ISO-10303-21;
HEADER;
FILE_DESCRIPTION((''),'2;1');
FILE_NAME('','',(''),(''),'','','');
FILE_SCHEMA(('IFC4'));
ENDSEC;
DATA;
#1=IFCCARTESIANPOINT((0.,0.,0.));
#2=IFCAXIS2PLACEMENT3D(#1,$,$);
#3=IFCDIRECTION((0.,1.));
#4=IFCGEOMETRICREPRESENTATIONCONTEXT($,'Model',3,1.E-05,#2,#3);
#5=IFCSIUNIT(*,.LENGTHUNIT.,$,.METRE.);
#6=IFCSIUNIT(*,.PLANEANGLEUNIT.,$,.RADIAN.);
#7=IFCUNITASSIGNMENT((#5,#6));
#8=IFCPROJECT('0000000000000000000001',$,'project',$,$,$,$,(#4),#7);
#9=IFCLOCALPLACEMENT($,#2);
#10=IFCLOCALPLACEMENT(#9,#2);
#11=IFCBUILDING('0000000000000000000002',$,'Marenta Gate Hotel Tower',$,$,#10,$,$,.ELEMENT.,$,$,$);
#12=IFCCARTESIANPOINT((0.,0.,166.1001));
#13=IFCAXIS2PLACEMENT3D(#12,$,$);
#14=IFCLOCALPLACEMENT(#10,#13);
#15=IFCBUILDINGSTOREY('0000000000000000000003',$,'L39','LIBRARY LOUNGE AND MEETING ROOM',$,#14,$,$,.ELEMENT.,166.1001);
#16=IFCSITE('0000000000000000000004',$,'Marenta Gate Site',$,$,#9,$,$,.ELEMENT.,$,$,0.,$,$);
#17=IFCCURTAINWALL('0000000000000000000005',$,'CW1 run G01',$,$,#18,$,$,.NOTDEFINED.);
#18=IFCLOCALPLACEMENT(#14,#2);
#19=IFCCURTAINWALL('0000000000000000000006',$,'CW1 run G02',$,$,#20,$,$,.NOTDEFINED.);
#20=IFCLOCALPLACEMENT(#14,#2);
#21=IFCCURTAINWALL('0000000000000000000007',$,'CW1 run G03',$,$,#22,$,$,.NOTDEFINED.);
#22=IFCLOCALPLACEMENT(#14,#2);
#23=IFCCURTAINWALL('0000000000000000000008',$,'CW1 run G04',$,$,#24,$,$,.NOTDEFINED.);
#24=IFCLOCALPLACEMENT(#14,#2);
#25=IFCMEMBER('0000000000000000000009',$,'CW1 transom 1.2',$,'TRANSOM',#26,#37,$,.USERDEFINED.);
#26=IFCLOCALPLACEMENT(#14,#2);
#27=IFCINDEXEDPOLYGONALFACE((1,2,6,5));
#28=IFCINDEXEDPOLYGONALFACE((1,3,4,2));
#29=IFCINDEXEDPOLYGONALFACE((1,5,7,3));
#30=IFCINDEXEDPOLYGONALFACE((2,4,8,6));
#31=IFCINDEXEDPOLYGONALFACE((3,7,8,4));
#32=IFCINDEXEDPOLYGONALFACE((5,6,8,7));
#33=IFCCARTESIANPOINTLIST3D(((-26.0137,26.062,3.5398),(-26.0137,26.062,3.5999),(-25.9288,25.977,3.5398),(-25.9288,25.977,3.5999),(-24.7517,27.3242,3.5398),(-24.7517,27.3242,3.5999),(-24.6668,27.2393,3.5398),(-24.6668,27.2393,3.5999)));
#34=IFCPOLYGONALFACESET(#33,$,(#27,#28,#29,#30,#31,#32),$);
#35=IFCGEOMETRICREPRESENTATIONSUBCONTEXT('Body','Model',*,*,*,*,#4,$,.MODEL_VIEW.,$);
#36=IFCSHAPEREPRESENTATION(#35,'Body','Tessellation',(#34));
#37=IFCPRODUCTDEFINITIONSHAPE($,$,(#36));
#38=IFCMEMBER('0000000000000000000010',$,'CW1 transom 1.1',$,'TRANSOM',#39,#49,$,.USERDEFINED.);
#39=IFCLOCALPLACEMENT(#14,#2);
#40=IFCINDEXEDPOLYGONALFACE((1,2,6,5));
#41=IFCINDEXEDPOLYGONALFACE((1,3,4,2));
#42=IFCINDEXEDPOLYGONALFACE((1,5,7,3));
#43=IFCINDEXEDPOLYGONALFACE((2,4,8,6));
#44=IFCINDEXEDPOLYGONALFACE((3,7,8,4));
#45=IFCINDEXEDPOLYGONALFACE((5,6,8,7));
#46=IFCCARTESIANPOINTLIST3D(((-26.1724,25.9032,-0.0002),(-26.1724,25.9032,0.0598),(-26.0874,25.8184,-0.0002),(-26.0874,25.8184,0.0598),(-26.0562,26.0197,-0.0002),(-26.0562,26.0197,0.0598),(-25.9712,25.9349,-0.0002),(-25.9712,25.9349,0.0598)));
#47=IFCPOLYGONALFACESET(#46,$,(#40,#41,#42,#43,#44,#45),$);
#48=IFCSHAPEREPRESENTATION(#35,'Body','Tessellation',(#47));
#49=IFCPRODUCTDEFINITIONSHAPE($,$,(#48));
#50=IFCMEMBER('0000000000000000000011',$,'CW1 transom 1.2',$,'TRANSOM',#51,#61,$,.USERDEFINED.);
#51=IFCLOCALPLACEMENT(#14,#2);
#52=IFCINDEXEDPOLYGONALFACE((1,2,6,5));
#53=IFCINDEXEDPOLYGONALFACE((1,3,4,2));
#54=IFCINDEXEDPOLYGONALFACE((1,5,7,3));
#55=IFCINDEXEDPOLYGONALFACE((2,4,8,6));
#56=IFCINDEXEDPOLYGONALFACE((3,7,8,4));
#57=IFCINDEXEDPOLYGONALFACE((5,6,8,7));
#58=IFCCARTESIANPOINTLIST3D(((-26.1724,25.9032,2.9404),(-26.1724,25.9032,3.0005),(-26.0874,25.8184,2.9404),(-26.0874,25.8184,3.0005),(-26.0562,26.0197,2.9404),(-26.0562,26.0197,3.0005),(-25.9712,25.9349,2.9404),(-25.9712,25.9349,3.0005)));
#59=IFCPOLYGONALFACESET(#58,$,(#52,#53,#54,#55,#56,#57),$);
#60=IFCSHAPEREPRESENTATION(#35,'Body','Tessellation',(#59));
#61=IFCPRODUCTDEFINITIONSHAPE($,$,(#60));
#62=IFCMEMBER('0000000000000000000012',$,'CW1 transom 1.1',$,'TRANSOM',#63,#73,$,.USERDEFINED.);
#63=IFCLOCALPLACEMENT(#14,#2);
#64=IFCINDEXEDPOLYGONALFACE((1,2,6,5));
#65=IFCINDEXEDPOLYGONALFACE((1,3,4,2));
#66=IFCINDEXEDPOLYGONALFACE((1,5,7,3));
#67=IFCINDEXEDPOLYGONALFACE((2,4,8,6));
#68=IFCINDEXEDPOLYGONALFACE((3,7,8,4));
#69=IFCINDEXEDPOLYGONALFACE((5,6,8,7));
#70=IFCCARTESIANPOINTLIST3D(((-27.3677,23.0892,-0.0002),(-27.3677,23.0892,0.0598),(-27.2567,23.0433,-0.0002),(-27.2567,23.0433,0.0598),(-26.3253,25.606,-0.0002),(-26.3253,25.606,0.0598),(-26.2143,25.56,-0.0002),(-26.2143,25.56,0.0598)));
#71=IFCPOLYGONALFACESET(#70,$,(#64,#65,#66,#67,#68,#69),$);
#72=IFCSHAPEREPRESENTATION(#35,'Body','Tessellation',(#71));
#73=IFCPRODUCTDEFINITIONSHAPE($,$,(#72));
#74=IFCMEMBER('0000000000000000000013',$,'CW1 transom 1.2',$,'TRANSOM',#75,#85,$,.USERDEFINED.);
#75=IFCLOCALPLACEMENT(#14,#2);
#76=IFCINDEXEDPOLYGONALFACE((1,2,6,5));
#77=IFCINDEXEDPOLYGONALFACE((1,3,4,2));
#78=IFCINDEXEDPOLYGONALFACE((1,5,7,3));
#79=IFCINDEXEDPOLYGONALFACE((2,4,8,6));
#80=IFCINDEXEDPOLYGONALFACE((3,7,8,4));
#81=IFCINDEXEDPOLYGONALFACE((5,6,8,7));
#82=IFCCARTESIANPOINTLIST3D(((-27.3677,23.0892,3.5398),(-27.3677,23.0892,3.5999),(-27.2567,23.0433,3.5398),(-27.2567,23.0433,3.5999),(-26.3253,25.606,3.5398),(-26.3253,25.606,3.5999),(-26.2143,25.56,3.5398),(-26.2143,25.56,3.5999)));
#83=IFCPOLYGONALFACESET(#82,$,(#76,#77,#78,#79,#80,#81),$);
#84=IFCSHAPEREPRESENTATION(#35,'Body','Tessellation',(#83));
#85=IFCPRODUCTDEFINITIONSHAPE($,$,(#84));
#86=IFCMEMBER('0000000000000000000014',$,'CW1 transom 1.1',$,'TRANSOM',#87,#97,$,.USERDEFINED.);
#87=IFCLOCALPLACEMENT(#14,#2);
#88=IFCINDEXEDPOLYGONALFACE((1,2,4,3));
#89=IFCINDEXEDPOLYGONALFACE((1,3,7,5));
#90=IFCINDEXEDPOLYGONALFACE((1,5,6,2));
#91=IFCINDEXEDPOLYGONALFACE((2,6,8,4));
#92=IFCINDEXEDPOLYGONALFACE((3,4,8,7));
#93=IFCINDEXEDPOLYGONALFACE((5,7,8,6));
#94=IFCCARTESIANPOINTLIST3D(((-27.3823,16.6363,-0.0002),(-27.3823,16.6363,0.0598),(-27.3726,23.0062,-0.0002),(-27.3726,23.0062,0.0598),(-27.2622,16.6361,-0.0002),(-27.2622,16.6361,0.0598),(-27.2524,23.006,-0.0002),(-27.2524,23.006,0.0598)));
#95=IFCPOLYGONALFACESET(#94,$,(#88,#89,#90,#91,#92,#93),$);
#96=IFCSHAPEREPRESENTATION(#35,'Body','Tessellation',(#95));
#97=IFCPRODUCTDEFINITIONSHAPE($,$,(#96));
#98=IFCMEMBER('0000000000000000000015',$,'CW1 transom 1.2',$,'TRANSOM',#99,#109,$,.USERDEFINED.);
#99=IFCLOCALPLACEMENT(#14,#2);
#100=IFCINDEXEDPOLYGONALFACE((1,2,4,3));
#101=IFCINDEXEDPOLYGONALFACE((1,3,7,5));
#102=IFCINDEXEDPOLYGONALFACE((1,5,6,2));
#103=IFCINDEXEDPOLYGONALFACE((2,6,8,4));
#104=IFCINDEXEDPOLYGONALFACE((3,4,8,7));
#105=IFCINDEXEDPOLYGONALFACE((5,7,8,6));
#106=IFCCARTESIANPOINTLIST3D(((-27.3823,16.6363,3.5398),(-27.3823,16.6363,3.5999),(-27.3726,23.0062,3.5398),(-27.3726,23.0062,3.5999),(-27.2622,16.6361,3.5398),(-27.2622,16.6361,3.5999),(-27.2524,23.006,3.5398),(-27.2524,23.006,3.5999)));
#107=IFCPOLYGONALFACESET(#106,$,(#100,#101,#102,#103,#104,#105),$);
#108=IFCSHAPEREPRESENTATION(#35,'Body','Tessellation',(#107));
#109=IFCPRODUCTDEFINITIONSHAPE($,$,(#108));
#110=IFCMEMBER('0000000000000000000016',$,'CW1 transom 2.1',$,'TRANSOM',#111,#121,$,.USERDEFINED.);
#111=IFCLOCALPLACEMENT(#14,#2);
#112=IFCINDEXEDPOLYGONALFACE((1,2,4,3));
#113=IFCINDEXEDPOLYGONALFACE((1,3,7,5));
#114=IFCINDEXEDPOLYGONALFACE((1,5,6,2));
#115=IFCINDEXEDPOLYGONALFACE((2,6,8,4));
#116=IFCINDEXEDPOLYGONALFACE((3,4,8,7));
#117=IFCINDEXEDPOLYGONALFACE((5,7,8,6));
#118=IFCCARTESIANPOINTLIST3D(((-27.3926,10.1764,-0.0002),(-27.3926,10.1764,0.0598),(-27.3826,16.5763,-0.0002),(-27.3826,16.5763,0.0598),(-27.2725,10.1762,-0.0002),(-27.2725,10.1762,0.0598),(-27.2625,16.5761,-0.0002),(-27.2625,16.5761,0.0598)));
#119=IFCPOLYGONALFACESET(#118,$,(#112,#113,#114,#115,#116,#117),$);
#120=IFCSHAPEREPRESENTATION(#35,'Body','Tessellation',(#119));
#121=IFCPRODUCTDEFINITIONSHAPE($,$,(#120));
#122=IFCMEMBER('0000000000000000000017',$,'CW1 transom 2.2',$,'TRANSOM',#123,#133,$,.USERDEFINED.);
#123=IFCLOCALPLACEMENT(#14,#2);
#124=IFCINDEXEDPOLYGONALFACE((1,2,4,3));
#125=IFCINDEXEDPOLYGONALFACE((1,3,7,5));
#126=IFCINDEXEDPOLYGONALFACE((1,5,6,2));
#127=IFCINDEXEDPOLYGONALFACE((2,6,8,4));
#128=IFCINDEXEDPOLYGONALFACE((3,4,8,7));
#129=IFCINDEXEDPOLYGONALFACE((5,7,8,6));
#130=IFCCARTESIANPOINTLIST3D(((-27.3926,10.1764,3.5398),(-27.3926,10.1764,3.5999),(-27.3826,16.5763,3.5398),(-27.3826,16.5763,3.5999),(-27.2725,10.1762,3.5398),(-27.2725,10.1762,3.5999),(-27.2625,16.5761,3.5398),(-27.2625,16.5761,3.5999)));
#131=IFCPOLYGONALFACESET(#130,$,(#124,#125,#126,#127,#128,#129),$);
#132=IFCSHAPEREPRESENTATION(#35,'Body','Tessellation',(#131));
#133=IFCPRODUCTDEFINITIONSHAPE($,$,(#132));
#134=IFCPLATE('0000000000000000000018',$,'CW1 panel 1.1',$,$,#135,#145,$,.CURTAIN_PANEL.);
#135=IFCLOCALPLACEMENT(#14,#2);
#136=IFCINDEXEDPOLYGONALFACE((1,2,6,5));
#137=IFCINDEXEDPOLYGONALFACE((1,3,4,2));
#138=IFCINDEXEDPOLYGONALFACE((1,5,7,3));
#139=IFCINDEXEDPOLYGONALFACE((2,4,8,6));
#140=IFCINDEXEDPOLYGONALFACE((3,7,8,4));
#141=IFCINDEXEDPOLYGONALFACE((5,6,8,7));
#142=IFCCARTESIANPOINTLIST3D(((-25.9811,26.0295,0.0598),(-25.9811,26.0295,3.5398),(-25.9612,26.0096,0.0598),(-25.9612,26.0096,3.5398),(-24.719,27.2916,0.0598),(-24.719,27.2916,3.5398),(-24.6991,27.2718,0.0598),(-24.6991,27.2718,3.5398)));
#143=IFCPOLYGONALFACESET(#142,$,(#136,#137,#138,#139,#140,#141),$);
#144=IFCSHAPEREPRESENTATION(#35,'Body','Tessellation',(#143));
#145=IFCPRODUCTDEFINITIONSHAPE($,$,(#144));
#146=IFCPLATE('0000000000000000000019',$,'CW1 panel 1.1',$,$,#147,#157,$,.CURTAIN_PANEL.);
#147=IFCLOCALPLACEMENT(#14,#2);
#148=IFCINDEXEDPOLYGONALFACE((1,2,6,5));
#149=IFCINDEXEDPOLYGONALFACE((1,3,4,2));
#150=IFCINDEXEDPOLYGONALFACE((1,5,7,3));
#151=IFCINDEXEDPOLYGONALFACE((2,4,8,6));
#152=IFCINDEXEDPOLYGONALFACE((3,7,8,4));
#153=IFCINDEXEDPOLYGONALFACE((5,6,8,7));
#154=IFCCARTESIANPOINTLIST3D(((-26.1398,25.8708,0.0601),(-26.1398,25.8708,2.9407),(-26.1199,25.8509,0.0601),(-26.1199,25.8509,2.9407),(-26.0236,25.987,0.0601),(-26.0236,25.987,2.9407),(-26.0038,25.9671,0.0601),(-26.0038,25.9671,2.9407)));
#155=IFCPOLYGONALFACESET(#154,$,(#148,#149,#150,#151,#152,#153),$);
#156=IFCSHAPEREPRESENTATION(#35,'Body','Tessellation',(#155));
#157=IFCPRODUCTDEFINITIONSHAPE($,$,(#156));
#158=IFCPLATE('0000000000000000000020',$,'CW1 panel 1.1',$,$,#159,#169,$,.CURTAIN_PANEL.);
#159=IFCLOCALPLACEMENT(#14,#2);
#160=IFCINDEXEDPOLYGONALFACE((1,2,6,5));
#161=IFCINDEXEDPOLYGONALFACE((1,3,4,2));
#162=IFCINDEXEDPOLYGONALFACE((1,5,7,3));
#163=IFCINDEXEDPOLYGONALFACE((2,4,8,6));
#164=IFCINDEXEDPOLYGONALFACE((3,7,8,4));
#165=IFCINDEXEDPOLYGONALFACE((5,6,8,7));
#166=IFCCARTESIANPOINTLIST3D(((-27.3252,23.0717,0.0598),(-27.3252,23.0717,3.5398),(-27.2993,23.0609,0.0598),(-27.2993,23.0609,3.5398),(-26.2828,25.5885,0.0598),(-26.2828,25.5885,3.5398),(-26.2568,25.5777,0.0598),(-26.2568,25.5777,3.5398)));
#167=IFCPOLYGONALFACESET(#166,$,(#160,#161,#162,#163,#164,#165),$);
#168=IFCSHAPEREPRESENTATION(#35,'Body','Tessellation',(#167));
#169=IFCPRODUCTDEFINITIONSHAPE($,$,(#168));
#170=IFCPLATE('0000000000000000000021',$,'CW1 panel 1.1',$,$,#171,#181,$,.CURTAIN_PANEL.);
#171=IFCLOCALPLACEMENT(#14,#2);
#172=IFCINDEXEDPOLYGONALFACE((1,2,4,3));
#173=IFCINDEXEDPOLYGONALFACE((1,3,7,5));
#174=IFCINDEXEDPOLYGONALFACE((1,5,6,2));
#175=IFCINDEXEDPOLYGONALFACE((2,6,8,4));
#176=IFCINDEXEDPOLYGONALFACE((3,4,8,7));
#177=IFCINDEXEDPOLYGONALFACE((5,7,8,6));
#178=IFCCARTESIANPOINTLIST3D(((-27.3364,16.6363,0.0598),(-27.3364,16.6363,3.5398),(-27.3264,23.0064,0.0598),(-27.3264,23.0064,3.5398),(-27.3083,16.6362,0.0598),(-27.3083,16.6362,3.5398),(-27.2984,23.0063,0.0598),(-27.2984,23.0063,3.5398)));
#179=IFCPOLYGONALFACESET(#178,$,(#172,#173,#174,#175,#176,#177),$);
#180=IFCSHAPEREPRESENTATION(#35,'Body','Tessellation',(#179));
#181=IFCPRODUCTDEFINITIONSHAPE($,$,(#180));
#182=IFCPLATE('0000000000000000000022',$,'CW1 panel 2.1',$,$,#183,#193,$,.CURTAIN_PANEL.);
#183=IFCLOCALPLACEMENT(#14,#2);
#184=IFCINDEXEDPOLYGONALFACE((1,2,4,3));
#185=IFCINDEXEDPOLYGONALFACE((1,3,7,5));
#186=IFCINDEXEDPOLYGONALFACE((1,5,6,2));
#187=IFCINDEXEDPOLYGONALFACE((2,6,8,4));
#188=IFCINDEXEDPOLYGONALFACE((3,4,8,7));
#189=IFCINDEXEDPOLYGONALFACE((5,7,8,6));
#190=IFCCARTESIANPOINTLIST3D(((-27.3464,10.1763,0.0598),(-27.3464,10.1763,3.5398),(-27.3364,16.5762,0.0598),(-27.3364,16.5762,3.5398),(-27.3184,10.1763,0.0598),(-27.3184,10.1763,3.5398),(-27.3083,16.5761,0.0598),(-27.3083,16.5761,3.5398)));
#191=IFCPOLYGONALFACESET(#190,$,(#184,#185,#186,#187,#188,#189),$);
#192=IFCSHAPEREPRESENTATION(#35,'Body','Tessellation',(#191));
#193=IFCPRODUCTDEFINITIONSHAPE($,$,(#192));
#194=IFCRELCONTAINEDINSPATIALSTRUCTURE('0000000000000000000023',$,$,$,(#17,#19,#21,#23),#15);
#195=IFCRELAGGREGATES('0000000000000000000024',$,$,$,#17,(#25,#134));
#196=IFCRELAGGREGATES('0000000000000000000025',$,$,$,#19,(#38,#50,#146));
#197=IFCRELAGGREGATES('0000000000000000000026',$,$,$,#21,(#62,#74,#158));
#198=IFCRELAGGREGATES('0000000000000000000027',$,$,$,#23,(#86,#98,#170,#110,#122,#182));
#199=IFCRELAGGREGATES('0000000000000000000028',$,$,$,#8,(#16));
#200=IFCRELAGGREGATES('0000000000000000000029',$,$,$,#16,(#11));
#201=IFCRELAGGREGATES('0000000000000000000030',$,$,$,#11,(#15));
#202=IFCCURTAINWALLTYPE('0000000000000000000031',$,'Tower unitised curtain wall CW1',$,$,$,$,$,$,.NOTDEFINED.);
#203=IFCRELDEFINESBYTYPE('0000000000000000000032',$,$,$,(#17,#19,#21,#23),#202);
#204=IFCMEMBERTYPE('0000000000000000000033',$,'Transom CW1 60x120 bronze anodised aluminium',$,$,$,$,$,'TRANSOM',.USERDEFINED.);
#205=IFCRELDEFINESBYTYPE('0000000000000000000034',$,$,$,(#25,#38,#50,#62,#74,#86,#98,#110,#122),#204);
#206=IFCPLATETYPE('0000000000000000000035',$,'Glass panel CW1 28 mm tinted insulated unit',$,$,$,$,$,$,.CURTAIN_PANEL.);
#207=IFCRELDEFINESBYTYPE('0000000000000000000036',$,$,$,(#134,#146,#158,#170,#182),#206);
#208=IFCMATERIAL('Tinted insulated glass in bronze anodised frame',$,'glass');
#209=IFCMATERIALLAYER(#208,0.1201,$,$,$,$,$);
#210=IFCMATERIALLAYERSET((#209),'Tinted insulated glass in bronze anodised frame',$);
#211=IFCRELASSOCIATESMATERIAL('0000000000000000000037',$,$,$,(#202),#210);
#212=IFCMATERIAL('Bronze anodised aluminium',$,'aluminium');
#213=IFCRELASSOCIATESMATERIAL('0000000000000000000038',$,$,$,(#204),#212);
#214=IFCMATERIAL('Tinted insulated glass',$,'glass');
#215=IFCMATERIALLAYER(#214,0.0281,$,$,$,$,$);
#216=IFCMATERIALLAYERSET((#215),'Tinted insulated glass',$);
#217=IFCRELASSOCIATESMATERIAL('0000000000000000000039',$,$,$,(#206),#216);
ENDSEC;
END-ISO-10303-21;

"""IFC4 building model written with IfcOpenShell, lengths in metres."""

from ifc_helpers import new_model, si_unit, direction, frame, origin, origin_2d, place, context, subcontext, project, spatial, rectangle, extrude, material, layer, layer_set, material_profile, profile_set, type_object, element, aggregate, save


model = new_model("IFC4")

# Units and contexts
model_context = context("Model", 3, precision=1e-05, world=origin(), true_north=direction((0.0, 1.0)))
body_context = subcontext(model_context, "Body", "Model", "MODEL_VIEW")
ifc_project = project(units=[si_unit("LENGTHUNIT", "METRE"), si_unit("PLANEANGLEUNIT", "RADIAN")], contexts=[model_context])

# Site, building, storey
site_placement = place(None, origin())
site = spatial("IfcSite", under=ifc_project, at=site_placement, Name="Marenta Gate Site", CompositionType="ELEMENT", RefElevation=0.0)
building_placement = place(site_placement, origin())
building = spatial("IfcBuilding", under=site, at=building_placement, Name="Marenta Gate Hotel Tower", CompositionType="ELEMENT")
storey_placement = place(building_placement, frame((0.0, 0.0, 166.1001)))
storey = spatial("IfcBuildingStorey", under=building, at=storey_placement, Name="L39", Description="LIBRARY LOUNGE AND MEETING ROOM", CompositionType="ELEMENT", Elevation=166.1001)

# Curtain wall
ifc_material_1 = material(Name="Tinted insulated glass in bronze anodised frame", Category="glass")
ifc_layer_1 = layer(ifc_material_1, 0.1201)
ifc_layer_set_1 = layer_set([ifc_layer_1], Name="Tinted insulated glass in bronze anodised frame")
curtain_wall_type = type_object("IfcCurtainWallType", Name="Tower unitised curtain wall CW1", PredefinedType="NOTDEFINED", material=ifc_layer_set_1)
curtain_wall_1_placement = place(storey_placement, origin())
curtain_wall_1 = element("IfcCurtainWall", 1, at=curtain_wall_1_placement, inside=storey, type_object=curtain_wall_type, Name="CW1 run G01", PredefinedType="NOTDEFINED")

# Curtain wall
curtain_wall_2_placement = place(storey_placement, origin())
curtain_wall_2 = element("IfcCurtainWall", 2, at=curtain_wall_2_placement, inside=storey, type_object=curtain_wall_type, Name="CW1 run G02", PredefinedType="NOTDEFINED")

# Curtain wall
curtain_wall_3_placement = place(storey_placement, origin())
curtain_wall_3 = element("IfcCurtainWall", 3, at=curtain_wall_3_placement, inside=storey, type_object=curtain_wall_type, Name="CW1 run G03", PredefinedType="NOTDEFINED")

# Curtain wall
curtain_wall_4_placement = place(storey_placement, origin())
curtain_wall_4 = element("IfcCurtainWall", 4, at=curtain_wall_4_placement, inside=storey, type_object=curtain_wall_type, Name="CW1 run G04", PredefinedType="NOTDEFINED")

# Members
ifc_material_2 = material(Name="Bronze anodised aluminium", Category="aluminium")
ifc_material_profile_1 = material_profile(ifc_material_2, rectangle(XDim=0.1201, YDim=0.0601, at=origin_2d()), Name="Transom CW1 60x120 bronze anodised aluminium")
ifc_profile_set_1 = profile_set([ifc_material_profile_1], Name="Bronze anodised aluminium")
member_type_1 = type_object("IfcMemberType", Name="Transom CW1 60x120 bronze anodised aluminium", ElementType="TRANSOM", PredefinedType="USERDEFINED", material=ifc_profile_set_1)
member_1_placement = place(storey_placement, frame((-24.7092, 27.2817, 3.5698), z_axis=(-0.707038, -0.707175, 0.0), x_axis=(0.707175, -0.707038, 0.0)))
member_1 = element("IfcMember", 5, at=member_1_placement, type_object=member_type_1, Name="CW1 transom 1.2", ObjectType="TRANSOM", PredefinedType="USERDEFINED", context=body_context, shape_type="SweptSolid", body=[
    extrude(rectangle(XDim=0.1201, YDim=0.0601, at=origin_2d()), origin(), (0.0, 0.0, 1.0), 1.7849),
])
member_2_placement = place(storey_placement, frame((-26.0137, 25.9773, 0.0298), z_axis=(-0.706364, -0.707848, 0.0), x_axis=(0.707848, -0.706364, 0.0)))
member_2 = element("IfcMember", 6, at=member_2_placement, type_object=member_type_1, Name="CW1 transom 1.1", ObjectType="TRANSOM", PredefinedType="USERDEFINED", context=body_context, shape_type="SweptSolid", body=[
    extrude(rectangle(XDim=0.1201, YDim=0.0601, at=origin_2d()), origin(), (0.0, 0.0, 1.0), 0.1646),
])
member_3_placement = place(storey_placement, frame((-26.0137, 25.9773, 2.9705), z_axis=(-0.706364, -0.707848, 0.0), x_axis=(0.707848, -0.706364, 0.0)))
member_3 = element("IfcMember", 7, at=member_3_placement, type_object=member_type_1, Name="CW1 transom 1.2", ObjectType="TRANSOM", PredefinedType="USERDEFINED", context=body_context, shape_type="SweptSolid", body=[
    extrude(rectangle(XDim=0.1201, YDim=0.0601, at=origin_2d()), origin(), (0.0, 0.0, 1.0), 0.1646),
])
member_4_placement = place(storey_placement, frame((-26.2698, 25.583, 0.0298), z_axis=(-0.382674, -0.923884, 0.0), x_axis=(0.923884, -0.382674, 0.0)))
member_4 = element("IfcMember", 8, at=member_4_placement, type_object=member_type_1, Name="CW1 transom 1.1", ObjectType="TRANSOM", PredefinedType="USERDEFINED", context=body_context, shape_type="SweptSolid", body=[
    extrude(rectangle(XDim=0.1201, YDim=0.0601, at=origin_2d()), origin(), (0.0, 0.0, 1.0), 2.7241),
])
member_5_placement = place(storey_placement, frame((-26.2698, 25.583, 3.5698), z_axis=(-0.382674, -0.923884, 0.0), x_axis=(0.923884, -0.382674, 0.0)))
member_5 = element("IfcMember", 9, at=member_5_placement, type_object=member_type_1, Name="CW1 transom 1.2", ObjectType="TRANSOM", PredefinedType="USERDEFINED", context=body_context, shape_type="SweptSolid", body=[
    extrude(rectangle(XDim=0.1201, YDim=0.0601, at=origin_2d()), origin(), (0.0, 0.0, 1.0), 2.7241),
])
member_6_placement = place(storey_placement, frame((-27.3125, 23.0061, 0.0298), z_axis=(-0.001533, -0.999999, 0.0), x_axis=(0.999999, -0.001533, 0.0)))
member_6 = element("IfcMember", 10, at=member_6_placement, type_object=member_type_1, Name="CW1 transom 1.1", ObjectType="TRANSOM", PredefinedType="USERDEFINED", context=body_context, shape_type="SweptSolid", body=[
    extrude(rectangle(XDim=0.1201, YDim=0.0601, at=origin_2d()), origin(), (0.0, 0.0, 1.0), 6.3699),
])
member_7_placement = place(storey_placement, frame((-27.3125, 23.0061, 3.5698), z_axis=(-0.001533, -0.999999, 0.0), x_axis=(0.999999, -0.001533, 0.0)))
member_7 = element("IfcMember", 11, at=member_7_placement, type_object=member_type_1, Name="CW1 transom 1.2", ObjectType="TRANSOM", PredefinedType="USERDEFINED", context=body_context, shape_type="SweptSolid", body=[
    extrude(rectangle(XDim=0.1201, YDim=0.0601, at=origin_2d()), origin(), (0.0, 0.0, 1.0), 6.3699),
])
member_8_placement = place(storey_placement, frame((-27.3225, 16.5762, 0.0298), z_axis=(-0.001564, -0.999999, 0.0), x_axis=(0.999999, -0.001564, 0.0)))
member_8 = element("IfcMember", 12, at=member_8_placement, type_object=member_type_1, Name="CW1 transom 2.1", ObjectType="TRANSOM", PredefinedType="USERDEFINED", context=body_context, shape_type="SweptSolid", body=[
    extrude(rectangle(XDim=0.1201, YDim=0.0601, at=origin_2d()), origin(), (0.0, 0.0, 1.0), 6.3999),
])
member_9_placement = place(storey_placement, frame((-27.3225, 16.5762, 3.5698), z_axis=(-0.001564, -0.999999, 0.0), x_axis=(0.999999, -0.001564, 0.0)))
member_9 = element("IfcMember", 13, at=member_9_placement, type_object=member_type_1, Name="CW1 transom 2.2", ObjectType="TRANSOM", PredefinedType="USERDEFINED", context=body_context, shape_type="SweptSolid", body=[
    extrude(rectangle(XDim=0.1201, YDim=0.0601, at=origin_2d()), origin(), (0.0, 0.0, 1.0), 6.3999),
])

# Plates
ifc_material_3 = material(Name="Tinted insulated glass", Category="glass")
ifc_layer_2 = layer(ifc_material_3, 0.0281)
ifc_layer_set_2 = layer_set([ifc_layer_2], Name="Tinted insulated glass")
plate_type = type_object("IfcPlateType", Name="Glass panel CW1 28 mm tinted insulated unit", PredefinedType="CURTAIN_PANEL", material=ifc_layer_set_2)
plate_1_placement = place(storey_placement, frame((-25.3401, 26.6506, 0.0598), z_axis=(0.0, 0.0, 1.0), x_axis=(-0.707107, -0.707107, 0.0)))
plate_1 = element("IfcPlate", 14, at=plate_1_placement, type_object=plate_type, Name="CW1 panel 1.1", PredefinedType="CURTAIN_PANEL", context=body_context, shape_type="SweptSolid", body=[
    extrude(rectangle(XDim=1.7849, YDim=0.0281, at=origin_2d()), origin(), (0.0, 0.0, 1.0), 3.48),
])
aggregate(curtain_wall_1, [member_1, plate_1])
plate_2_placement = place(storey_placement, frame((-26.0718, 25.9189, 0.0601), z_axis=(0.0, 0.0, 1.0), x_axis=(-0.707107, -0.707107, 0.0)))
plate_2 = element("IfcPlate", 15, at=plate_2_placement, type_object=plate_type, Name="CW1 panel 1.1", PredefinedType="CURTAIN_PANEL", context=body_context, shape_type="SweptSolid", body=[
    extrude(rectangle(XDim=0.1643, YDim=0.0281, at=origin_2d()), origin(), (0.0, 0.0, 1.0), 2.8806),
])
aggregate(curtain_wall_2, [member_2, member_3, plate_2])
plate_3_placement = place(storey_placement, frame((-26.791, 24.3247, 0.0598), z_axis=(0.0, 0.0, 1.0), x_axis=(-0.382671, -0.923885, 0.0)))
plate_3 = element("IfcPlate", 16, at=plate_3_placement, type_object=plate_type, Name="CW1 panel 1.1", PredefinedType="CURTAIN_PANEL", context=body_context, shape_type="SweptSolid", body=[
    extrude(rectangle(XDim=2.7241, YDim=0.0281, at=origin_2d()), origin(), (0.0, 0.0, 1.0), 3.48),
])
aggregate(curtain_wall_3, [member_4, member_5, plate_3])
plate_4_placement = place(storey_placement, frame((-27.3174, 19.8213, 0.0598), z_axis=(0.0, 0.0, 1.0), x_axis=(-0.001566, -0.999999, 0.0)))
plate_4 = element("IfcPlate", 17, at=plate_4_placement, type_object=plate_type, Name="CW1 panel 1.1", PredefinedType="CURTAIN_PANEL", context=body_context, shape_type="SweptSolid", body=[
    extrude(rectangle(XDim=6.3701, YDim=0.0281, at=origin_2d()), origin(), (0.0, 0.0, 1.0), 3.48),
])
plate_5_placement = place(storey_placement, frame((-27.3274, 13.3762, 0.0598), z_axis=(0.0, 0.0, 1.0), x_axis=(-0.001566, -0.999999, 0.0)))
plate_5 = element("IfcPlate", 18, at=plate_5_placement, type_object=plate_type, Name="CW1 panel 2.1", PredefinedType="CURTAIN_PANEL", context=body_context, shape_type="SweptSolid", body=[
    extrude(rectangle(XDim=6.3999, YDim=0.0281, at=origin_2d()), origin(), (0.0, 0.0, 1.0), 3.48),
])
aggregate(curtain_wall_4, [member_6, member_7, plate_4, member_8, member_9, plate_5])

save(model, "model.ifc")
